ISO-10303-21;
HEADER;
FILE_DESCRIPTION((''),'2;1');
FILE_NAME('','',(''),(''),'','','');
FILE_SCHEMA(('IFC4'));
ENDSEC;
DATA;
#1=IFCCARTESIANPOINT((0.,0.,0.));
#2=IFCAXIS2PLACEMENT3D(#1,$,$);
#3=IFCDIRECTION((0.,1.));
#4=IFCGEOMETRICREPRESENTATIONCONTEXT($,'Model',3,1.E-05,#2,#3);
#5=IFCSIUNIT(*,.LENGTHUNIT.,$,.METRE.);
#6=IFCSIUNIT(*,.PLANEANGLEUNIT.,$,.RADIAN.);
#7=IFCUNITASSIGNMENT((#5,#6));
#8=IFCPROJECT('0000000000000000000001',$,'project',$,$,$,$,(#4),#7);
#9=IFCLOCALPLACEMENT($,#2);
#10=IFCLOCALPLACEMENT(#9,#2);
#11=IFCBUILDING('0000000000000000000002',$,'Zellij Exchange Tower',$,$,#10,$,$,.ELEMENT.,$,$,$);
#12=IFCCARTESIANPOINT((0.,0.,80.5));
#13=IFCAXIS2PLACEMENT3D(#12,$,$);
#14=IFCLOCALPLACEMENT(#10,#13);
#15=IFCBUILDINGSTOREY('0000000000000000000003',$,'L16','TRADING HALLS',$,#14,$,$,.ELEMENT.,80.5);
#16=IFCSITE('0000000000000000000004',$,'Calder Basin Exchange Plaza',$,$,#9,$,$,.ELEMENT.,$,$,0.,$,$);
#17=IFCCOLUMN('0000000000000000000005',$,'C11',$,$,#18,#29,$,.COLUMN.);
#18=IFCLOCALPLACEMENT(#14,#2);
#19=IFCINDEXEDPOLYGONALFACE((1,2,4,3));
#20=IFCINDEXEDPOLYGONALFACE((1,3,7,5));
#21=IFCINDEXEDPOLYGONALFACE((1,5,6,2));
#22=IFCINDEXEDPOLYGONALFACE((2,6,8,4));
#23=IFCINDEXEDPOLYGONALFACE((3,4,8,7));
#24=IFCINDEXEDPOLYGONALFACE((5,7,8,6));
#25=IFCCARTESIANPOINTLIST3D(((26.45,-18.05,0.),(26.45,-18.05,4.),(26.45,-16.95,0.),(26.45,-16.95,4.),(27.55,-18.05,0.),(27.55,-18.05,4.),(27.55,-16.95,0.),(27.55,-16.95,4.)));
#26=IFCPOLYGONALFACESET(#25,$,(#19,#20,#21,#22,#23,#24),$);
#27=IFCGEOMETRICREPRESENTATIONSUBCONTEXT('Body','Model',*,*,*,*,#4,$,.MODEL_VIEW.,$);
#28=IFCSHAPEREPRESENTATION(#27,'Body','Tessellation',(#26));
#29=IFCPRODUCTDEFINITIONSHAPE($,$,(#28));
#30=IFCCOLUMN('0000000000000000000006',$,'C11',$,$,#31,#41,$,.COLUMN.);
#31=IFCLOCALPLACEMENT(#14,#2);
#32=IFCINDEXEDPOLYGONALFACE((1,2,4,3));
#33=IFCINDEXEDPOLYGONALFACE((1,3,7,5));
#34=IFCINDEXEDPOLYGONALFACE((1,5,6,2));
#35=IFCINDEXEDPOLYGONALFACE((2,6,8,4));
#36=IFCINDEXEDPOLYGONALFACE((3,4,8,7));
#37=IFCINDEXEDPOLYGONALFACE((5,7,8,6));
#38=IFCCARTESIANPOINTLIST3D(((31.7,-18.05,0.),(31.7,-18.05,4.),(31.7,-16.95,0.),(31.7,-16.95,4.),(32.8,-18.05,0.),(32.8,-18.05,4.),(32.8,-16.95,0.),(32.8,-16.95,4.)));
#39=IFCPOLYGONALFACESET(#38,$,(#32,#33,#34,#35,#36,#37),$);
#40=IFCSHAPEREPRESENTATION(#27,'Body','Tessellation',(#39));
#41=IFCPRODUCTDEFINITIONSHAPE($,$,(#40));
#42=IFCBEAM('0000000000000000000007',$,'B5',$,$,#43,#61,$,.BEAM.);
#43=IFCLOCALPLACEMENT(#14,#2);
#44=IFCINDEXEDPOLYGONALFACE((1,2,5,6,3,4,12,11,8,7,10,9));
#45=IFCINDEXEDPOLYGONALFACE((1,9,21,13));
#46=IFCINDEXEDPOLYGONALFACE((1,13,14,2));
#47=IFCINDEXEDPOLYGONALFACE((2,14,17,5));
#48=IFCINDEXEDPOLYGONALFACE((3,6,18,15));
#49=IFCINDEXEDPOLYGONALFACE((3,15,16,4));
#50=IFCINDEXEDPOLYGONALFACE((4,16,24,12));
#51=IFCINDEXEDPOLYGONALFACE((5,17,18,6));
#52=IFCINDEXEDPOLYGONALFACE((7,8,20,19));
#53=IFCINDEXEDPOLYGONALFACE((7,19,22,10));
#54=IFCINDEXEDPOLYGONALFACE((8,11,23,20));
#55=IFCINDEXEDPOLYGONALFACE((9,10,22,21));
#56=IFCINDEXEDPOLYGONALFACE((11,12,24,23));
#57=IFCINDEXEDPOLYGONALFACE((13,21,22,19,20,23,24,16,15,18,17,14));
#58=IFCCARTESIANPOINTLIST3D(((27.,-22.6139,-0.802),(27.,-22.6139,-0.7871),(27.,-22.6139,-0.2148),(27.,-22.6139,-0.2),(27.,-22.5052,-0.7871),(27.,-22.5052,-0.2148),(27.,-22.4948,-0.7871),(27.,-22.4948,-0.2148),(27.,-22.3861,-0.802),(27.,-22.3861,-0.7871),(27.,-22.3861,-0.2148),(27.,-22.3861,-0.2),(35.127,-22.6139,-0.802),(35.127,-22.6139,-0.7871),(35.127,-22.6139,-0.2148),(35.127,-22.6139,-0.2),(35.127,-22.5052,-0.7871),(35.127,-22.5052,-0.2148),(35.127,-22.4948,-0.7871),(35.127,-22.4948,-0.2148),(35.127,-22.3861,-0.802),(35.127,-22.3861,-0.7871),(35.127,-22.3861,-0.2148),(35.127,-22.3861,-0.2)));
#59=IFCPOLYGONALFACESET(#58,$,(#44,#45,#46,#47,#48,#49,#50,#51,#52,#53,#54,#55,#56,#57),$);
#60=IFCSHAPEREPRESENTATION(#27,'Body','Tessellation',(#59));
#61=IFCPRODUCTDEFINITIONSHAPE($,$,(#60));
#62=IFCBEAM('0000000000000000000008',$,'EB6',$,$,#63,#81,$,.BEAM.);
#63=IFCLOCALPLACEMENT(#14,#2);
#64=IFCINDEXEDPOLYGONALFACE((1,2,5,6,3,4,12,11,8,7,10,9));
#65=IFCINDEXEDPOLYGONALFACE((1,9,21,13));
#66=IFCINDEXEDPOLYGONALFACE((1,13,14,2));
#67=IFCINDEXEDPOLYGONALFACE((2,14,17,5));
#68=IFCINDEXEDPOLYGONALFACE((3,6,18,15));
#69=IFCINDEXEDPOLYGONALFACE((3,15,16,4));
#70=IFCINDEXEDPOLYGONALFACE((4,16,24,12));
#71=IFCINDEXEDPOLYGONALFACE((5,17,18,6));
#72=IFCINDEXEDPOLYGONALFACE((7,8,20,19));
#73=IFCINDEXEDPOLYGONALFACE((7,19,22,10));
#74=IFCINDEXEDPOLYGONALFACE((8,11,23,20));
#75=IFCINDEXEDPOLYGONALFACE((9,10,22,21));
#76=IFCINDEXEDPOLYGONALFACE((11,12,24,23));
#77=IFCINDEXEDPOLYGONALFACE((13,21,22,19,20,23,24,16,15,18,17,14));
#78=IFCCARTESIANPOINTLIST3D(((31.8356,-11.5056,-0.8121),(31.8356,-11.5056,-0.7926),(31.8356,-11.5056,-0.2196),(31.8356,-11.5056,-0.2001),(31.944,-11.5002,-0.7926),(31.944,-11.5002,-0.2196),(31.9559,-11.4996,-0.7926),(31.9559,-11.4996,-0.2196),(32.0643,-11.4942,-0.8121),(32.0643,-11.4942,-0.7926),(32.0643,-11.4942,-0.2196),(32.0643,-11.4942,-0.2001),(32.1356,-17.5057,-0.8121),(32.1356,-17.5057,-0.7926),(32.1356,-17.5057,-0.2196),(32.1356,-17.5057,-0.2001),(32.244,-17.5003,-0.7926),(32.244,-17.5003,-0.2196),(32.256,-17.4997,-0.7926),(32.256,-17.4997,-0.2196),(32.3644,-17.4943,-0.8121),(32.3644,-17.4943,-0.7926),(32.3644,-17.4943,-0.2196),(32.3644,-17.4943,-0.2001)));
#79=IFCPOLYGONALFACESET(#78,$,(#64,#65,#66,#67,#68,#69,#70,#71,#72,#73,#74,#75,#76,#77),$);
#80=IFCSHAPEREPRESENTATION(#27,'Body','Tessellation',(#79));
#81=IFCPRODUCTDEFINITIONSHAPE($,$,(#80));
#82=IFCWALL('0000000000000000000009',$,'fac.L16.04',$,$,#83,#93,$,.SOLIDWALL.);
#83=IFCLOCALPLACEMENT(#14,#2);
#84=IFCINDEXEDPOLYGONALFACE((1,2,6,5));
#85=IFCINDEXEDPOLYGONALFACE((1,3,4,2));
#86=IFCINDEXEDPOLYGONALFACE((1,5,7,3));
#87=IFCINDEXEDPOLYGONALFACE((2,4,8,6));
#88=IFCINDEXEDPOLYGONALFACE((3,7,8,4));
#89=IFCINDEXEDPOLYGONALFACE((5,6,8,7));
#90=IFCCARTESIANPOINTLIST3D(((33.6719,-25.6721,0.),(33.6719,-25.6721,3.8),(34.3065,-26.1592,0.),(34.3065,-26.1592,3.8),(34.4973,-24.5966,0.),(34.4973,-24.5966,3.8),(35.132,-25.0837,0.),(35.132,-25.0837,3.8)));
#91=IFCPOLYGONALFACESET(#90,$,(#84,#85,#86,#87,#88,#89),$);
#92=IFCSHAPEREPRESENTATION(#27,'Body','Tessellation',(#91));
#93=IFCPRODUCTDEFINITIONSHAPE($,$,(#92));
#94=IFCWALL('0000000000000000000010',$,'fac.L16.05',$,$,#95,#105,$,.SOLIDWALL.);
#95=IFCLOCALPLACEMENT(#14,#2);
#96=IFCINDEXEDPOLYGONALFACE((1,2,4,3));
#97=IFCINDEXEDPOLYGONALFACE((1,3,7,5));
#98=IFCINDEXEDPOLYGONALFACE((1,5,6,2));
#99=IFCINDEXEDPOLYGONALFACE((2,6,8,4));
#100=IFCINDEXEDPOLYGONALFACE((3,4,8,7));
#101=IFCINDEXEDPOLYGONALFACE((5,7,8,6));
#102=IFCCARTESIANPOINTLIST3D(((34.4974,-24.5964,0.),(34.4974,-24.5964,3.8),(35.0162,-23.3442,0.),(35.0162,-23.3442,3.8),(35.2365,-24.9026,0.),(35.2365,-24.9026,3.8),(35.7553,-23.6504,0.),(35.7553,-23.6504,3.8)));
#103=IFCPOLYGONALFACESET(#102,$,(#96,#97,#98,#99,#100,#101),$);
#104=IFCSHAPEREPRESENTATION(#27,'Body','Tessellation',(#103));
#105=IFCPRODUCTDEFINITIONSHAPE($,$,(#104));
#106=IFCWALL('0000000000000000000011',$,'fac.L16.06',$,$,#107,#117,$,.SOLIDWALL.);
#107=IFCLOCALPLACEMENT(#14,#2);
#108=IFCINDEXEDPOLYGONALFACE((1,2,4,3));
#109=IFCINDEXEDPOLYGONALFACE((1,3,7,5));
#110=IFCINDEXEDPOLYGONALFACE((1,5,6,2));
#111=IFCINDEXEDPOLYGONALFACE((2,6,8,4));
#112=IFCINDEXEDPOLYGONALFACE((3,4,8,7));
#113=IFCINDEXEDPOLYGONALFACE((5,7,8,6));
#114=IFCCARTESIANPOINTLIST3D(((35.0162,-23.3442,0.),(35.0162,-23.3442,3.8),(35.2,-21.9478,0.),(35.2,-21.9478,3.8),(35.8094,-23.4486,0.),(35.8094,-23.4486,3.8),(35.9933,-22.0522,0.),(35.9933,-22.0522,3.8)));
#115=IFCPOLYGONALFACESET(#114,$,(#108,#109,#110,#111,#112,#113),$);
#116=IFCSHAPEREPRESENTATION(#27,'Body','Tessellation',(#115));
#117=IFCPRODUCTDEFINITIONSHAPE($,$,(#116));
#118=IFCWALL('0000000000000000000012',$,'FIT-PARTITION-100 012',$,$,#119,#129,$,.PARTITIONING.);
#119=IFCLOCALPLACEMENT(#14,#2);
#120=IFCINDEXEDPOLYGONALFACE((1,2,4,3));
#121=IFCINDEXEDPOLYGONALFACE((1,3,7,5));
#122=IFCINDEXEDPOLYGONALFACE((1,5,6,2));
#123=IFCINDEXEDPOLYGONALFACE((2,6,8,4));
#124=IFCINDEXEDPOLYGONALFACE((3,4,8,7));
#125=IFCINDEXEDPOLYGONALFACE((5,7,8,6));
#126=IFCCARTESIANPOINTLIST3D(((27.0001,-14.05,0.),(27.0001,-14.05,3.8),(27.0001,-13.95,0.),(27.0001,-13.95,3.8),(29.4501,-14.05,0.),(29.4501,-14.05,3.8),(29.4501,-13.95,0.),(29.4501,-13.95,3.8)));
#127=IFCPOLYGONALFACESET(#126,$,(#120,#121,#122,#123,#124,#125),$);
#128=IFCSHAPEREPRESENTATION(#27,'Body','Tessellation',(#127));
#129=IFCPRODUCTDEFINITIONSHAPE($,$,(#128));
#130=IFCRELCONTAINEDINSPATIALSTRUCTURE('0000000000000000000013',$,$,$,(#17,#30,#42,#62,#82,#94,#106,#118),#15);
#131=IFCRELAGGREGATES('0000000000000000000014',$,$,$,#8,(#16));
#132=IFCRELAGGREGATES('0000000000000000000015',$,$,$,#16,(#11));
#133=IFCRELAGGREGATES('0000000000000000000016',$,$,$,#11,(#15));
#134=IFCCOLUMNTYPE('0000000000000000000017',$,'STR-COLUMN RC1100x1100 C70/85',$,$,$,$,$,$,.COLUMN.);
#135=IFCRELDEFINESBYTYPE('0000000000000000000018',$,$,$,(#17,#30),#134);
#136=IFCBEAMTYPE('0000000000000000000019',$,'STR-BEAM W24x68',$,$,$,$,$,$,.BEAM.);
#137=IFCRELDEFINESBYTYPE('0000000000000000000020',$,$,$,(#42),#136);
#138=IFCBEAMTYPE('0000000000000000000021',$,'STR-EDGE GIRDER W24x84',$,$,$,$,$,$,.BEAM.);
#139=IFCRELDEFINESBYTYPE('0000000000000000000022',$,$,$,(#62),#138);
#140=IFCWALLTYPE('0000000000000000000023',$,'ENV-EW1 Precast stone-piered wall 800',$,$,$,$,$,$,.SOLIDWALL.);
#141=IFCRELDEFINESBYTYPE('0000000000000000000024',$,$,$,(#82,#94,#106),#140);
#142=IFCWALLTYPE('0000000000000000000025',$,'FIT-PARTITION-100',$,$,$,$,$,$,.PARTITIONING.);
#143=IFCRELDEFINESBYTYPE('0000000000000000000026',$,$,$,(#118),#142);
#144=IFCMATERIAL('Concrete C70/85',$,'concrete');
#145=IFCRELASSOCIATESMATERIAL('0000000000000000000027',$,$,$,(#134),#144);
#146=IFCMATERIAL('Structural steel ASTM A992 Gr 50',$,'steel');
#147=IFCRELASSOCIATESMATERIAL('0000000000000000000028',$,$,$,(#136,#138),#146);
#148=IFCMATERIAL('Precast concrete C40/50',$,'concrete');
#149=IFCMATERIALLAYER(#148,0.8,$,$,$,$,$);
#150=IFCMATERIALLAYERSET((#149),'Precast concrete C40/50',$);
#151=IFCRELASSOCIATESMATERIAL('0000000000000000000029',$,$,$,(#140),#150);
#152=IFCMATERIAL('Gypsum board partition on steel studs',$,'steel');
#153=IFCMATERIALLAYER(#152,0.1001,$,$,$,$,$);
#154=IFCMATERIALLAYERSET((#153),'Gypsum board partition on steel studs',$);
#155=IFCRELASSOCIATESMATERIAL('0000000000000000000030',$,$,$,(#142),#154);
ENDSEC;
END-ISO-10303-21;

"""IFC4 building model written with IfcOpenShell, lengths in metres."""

from ifc_helpers import new_model, si_unit, direction, frame, frame_2d, origin, origin_2d, place, context, subcontext, project, spatial, rectangle, i_section, extrude, material, layer, layer_set, material_profile, profile_set, type_object, element, save


model = new_model("IFC4")

# Units and contexts
model_context = context("Model", 3, precision=1e-05, world=origin(), true_north=direction((0.0, 1.0)))
body_context = subcontext(model_context, "Body", "Model", "MODEL_VIEW")
ifc_project = project(units=[si_unit("LENGTHUNIT", "METRE"), si_unit("PLANEANGLEUNIT", "RADIAN")], contexts=[model_context])

# Site, building, storey
site_placement = place(None, origin())
site = spatial("IfcSite", under=ifc_project, at=site_placement, Name="Calder Basin Exchange Plaza", CompositionType="ELEMENT", RefElevation=0.0)
building_placement = place(site_placement, origin())
building = spatial("IfcBuilding", under=site, at=building_placement, Name="Zellij Exchange Tower", CompositionType="ELEMENT")
storey_placement = place(building_placement, frame((0.0, 0.0, 80.5)))
storey = spatial("IfcBuildingStorey", under=building, at=storey_placement, Name="L16", Description="TRADING HALLS", CompositionType="ELEMENT", Elevation=80.5)

# Columns
ifc_material_1 = material(Name="Concrete C70/85", Category="concrete")
ifc_material_profile_1 = material_profile(ifc_material_1, rectangle(XDim=1.1001, YDim=1.1001, at=origin_2d()), Name="STR-COLUMN RC1100x1100 C70/85")
ifc_profile_set_1 = profile_set([ifc_material_profile_1], Name="Concrete C70/85")
column_type = type_object("IfcColumnType", Name="STR-COLUMN RC1100x1100 C70/85", PredefinedType="COLUMN", material=ifc_profile_set_1)
for number, where, z_axis, x_axis, name in (
    (1, (27.0, -17.5, 0.0), (0.0, 0.0, 1.0), (1.0, 0.0, 0.0), "C11"),
    (2, (32.25, -17.5, 0.0), (0.0, 0.0, 1.0), (1.0, 0.0, 0.0), "C11"),
):
    element("IfcColumn", number, at=place(storey_placement, frame(where, z_axis=z_axis, x_axis=x_axis)), inside=storey, type_object=column_type, Name=name, PredefinedType="COLUMN", context=body_context, shape_type="SweptSolid", body=[
        extrude(rectangle(XDim=1.1001, YDim=1.1001, at=origin_2d()), origin(), (0.0, 0.0, 1.0), 4.0),
    ])

# Beams
ifc_material_2 = material(Name="Structural steel ASTM A992 Gr 50", Category="steel")
ifc_material_profile_2 = material_profile(ifc_material_2, i_section(OverallWidth=0.2278, OverallDepth=0.6021, WebThickness=0.0105, FlangeThickness=0.0149, at=origin_2d()), Name="W24x68")
ifc_profile_set_2 = profile_set([ifc_material_profile_2], Name="Structural steel ASTM A992 Gr 50")
beam_type_1 = type_object("IfcBeamType", Name="STR-BEAM W24x68", PredefinedType="BEAM", material=ifc_profile_set_2)
beam_1_placement = place(storey_placement, frame((27.0, -22.5, -0.501), z_axis=(1.0, 0.0, 0.0), x_axis=(0.0, 1.0, 0.0)))
element("IfcBeam", 3, at=beam_1_placement, inside=storey, type_object=beam_type_1, Name="B5", PredefinedType="BEAM", context=body_context, shape_type="SweptSolid", body=[
    extrude(i_section(OverallWidth=0.2278, OverallDepth=0.6021, WebThickness=0.0105, FlangeThickness=0.0149, at=origin_2d()), origin(), (0.0, 0.0, 1.0), 8.127),
])
ifc_material_profile_3 = material_profile(ifc_material_2, i_section(OverallWidth=0.229, OverallDepth=0.6121, WebThickness=0.012, FlangeThickness=0.0195, at=origin_2d()), Name="W24x84")
ifc_profile_set_3 = profile_set([ifc_material_profile_3], Name="Structural steel ASTM A992 Gr 50")
beam_type_2 = type_object("IfcBeamType", Name="STR-EDGE GIRDER W24x84", PredefinedType="BEAM", material=ifc_profile_set_3)
beam_2_placement = place(storey_placement, frame((32.25, -17.5, -0.5061), z_axis=(-0.049946, 0.998752, 0.0), x_axis=(-0.998752, -0.049946, 0.0)))
element("IfcBeam", 4, at=beam_2_placement, inside=storey, type_object=beam_type_2, Name="EB6", PredefinedType="BEAM", context=body_context, shape_type="SweptSolid", body=[
    extrude(i_section(OverallWidth=0.229, OverallDepth=0.6121, WebThickness=0.012, FlangeThickness=0.0195, at=origin_2d()), origin(), (0.0, 0.0, 1.0), 6.0076),
])

# Walls
ifc_material_3 = material(Name="Precast concrete C40/50", Category="concrete")
ifc_layer_1 = layer(ifc_material_3, 0.8)
ifc_layer_set_1 = layer_set([ifc_layer_1], Name="Precast concrete C40/50")
wall_type_1 = type_object("IfcWallType", Name="ENV-EW1 Precast stone-piered wall 800", PredefinedType="SOLIDWALL", material=ifc_layer_set_1)
wall_1_placement = place(storey_placement, frame((33.9893, -25.9155, 0.0), z_axis=(0.0, 0.0, 1.0), x_axis=(0.608866, 0.793273, 0.0)))
element("IfcWall", 5, at=wall_1_placement, inside=storey, type_object=wall_type_1, Name="fac.L16.04", PredefinedType="SOLIDWALL", context=body_context, shape_type="SweptSolid", body=[
    extrude(rectangle(XDim=1.3557, YDim=0.8, at=frame_2d((0.6777, 0.0))), origin(), (0.0, 0.0, 1.0), 3.8),
])
wall_2_placement = place(storey_placement, frame((34.8669, -24.7495, 0.0), z_axis=(0.0, 0.0, 1.0), x_axis=(0.38276, 0.923848, 0.0)))
element("IfcWall", 6, at=wall_2_placement, inside=storey, type_object=wall_type_1, Name="fac.L16.05", PredefinedType="SOLIDWALL", context=body_context, shape_type="SweptSolid", body=[
    extrude(rectangle(XDim=1.3555, YDim=0.8, at=frame_2d((0.6777, 0.0))), origin(), (0.0, 0.0, 1.0), 3.8),
])
wall_3_placement = place(storey_placement, frame((35.4128, -23.3962, 0.0), z_axis=(0.0, 0.0, 1.0), x_axis=(0.130517, 0.991446, 0.0)))
element("IfcWall", 7, at=wall_3_placement, inside=storey, type_object=wall_type_1, Name="fac.L16.06", PredefinedType="SOLIDWALL", context=body_context, shape_type="SweptSolid", body=[
    extrude(rectangle(XDim=1.4084, YDim=0.8, at=frame_2d((0.7041, 0.0))), origin(), (0.0, 0.0, 1.0), 3.8),
])

# Wall
ifc_material_4 = material(Name="Gypsum board partition on steel studs", Category="steel")
ifc_layer_2 = layer(ifc_material_4, 0.1001)
ifc_layer_set_2 = layer_set([ifc_layer_2], Name="Gypsum board partition on steel studs")
wall_type_2 = type_object("IfcWallType", Name="FIT-PARTITION-100", PredefinedType="PARTITIONING", material=ifc_layer_set_2)
wall_4_placement = place(storey_placement, frame((27.0, -14.0, 0.0), z_axis=(0.0, 0.0, 1.0), x_axis=(1.0, 0.0, 0.0)))
element("IfcWall", 8, at=wall_4_placement, inside=storey, type_object=wall_type_2, Name="FIT-PARTITION-100 012", PredefinedType="PARTITIONING", context=body_context, shape_type="SweptSolid", body=[
    extrude(rectangle(XDim=2.45, YDim=0.1001, at=frame_2d((1.2251, 0.0))), origin(), (0.0, 0.0, 1.0), 3.8),
])

save(model, "model.ifc")
